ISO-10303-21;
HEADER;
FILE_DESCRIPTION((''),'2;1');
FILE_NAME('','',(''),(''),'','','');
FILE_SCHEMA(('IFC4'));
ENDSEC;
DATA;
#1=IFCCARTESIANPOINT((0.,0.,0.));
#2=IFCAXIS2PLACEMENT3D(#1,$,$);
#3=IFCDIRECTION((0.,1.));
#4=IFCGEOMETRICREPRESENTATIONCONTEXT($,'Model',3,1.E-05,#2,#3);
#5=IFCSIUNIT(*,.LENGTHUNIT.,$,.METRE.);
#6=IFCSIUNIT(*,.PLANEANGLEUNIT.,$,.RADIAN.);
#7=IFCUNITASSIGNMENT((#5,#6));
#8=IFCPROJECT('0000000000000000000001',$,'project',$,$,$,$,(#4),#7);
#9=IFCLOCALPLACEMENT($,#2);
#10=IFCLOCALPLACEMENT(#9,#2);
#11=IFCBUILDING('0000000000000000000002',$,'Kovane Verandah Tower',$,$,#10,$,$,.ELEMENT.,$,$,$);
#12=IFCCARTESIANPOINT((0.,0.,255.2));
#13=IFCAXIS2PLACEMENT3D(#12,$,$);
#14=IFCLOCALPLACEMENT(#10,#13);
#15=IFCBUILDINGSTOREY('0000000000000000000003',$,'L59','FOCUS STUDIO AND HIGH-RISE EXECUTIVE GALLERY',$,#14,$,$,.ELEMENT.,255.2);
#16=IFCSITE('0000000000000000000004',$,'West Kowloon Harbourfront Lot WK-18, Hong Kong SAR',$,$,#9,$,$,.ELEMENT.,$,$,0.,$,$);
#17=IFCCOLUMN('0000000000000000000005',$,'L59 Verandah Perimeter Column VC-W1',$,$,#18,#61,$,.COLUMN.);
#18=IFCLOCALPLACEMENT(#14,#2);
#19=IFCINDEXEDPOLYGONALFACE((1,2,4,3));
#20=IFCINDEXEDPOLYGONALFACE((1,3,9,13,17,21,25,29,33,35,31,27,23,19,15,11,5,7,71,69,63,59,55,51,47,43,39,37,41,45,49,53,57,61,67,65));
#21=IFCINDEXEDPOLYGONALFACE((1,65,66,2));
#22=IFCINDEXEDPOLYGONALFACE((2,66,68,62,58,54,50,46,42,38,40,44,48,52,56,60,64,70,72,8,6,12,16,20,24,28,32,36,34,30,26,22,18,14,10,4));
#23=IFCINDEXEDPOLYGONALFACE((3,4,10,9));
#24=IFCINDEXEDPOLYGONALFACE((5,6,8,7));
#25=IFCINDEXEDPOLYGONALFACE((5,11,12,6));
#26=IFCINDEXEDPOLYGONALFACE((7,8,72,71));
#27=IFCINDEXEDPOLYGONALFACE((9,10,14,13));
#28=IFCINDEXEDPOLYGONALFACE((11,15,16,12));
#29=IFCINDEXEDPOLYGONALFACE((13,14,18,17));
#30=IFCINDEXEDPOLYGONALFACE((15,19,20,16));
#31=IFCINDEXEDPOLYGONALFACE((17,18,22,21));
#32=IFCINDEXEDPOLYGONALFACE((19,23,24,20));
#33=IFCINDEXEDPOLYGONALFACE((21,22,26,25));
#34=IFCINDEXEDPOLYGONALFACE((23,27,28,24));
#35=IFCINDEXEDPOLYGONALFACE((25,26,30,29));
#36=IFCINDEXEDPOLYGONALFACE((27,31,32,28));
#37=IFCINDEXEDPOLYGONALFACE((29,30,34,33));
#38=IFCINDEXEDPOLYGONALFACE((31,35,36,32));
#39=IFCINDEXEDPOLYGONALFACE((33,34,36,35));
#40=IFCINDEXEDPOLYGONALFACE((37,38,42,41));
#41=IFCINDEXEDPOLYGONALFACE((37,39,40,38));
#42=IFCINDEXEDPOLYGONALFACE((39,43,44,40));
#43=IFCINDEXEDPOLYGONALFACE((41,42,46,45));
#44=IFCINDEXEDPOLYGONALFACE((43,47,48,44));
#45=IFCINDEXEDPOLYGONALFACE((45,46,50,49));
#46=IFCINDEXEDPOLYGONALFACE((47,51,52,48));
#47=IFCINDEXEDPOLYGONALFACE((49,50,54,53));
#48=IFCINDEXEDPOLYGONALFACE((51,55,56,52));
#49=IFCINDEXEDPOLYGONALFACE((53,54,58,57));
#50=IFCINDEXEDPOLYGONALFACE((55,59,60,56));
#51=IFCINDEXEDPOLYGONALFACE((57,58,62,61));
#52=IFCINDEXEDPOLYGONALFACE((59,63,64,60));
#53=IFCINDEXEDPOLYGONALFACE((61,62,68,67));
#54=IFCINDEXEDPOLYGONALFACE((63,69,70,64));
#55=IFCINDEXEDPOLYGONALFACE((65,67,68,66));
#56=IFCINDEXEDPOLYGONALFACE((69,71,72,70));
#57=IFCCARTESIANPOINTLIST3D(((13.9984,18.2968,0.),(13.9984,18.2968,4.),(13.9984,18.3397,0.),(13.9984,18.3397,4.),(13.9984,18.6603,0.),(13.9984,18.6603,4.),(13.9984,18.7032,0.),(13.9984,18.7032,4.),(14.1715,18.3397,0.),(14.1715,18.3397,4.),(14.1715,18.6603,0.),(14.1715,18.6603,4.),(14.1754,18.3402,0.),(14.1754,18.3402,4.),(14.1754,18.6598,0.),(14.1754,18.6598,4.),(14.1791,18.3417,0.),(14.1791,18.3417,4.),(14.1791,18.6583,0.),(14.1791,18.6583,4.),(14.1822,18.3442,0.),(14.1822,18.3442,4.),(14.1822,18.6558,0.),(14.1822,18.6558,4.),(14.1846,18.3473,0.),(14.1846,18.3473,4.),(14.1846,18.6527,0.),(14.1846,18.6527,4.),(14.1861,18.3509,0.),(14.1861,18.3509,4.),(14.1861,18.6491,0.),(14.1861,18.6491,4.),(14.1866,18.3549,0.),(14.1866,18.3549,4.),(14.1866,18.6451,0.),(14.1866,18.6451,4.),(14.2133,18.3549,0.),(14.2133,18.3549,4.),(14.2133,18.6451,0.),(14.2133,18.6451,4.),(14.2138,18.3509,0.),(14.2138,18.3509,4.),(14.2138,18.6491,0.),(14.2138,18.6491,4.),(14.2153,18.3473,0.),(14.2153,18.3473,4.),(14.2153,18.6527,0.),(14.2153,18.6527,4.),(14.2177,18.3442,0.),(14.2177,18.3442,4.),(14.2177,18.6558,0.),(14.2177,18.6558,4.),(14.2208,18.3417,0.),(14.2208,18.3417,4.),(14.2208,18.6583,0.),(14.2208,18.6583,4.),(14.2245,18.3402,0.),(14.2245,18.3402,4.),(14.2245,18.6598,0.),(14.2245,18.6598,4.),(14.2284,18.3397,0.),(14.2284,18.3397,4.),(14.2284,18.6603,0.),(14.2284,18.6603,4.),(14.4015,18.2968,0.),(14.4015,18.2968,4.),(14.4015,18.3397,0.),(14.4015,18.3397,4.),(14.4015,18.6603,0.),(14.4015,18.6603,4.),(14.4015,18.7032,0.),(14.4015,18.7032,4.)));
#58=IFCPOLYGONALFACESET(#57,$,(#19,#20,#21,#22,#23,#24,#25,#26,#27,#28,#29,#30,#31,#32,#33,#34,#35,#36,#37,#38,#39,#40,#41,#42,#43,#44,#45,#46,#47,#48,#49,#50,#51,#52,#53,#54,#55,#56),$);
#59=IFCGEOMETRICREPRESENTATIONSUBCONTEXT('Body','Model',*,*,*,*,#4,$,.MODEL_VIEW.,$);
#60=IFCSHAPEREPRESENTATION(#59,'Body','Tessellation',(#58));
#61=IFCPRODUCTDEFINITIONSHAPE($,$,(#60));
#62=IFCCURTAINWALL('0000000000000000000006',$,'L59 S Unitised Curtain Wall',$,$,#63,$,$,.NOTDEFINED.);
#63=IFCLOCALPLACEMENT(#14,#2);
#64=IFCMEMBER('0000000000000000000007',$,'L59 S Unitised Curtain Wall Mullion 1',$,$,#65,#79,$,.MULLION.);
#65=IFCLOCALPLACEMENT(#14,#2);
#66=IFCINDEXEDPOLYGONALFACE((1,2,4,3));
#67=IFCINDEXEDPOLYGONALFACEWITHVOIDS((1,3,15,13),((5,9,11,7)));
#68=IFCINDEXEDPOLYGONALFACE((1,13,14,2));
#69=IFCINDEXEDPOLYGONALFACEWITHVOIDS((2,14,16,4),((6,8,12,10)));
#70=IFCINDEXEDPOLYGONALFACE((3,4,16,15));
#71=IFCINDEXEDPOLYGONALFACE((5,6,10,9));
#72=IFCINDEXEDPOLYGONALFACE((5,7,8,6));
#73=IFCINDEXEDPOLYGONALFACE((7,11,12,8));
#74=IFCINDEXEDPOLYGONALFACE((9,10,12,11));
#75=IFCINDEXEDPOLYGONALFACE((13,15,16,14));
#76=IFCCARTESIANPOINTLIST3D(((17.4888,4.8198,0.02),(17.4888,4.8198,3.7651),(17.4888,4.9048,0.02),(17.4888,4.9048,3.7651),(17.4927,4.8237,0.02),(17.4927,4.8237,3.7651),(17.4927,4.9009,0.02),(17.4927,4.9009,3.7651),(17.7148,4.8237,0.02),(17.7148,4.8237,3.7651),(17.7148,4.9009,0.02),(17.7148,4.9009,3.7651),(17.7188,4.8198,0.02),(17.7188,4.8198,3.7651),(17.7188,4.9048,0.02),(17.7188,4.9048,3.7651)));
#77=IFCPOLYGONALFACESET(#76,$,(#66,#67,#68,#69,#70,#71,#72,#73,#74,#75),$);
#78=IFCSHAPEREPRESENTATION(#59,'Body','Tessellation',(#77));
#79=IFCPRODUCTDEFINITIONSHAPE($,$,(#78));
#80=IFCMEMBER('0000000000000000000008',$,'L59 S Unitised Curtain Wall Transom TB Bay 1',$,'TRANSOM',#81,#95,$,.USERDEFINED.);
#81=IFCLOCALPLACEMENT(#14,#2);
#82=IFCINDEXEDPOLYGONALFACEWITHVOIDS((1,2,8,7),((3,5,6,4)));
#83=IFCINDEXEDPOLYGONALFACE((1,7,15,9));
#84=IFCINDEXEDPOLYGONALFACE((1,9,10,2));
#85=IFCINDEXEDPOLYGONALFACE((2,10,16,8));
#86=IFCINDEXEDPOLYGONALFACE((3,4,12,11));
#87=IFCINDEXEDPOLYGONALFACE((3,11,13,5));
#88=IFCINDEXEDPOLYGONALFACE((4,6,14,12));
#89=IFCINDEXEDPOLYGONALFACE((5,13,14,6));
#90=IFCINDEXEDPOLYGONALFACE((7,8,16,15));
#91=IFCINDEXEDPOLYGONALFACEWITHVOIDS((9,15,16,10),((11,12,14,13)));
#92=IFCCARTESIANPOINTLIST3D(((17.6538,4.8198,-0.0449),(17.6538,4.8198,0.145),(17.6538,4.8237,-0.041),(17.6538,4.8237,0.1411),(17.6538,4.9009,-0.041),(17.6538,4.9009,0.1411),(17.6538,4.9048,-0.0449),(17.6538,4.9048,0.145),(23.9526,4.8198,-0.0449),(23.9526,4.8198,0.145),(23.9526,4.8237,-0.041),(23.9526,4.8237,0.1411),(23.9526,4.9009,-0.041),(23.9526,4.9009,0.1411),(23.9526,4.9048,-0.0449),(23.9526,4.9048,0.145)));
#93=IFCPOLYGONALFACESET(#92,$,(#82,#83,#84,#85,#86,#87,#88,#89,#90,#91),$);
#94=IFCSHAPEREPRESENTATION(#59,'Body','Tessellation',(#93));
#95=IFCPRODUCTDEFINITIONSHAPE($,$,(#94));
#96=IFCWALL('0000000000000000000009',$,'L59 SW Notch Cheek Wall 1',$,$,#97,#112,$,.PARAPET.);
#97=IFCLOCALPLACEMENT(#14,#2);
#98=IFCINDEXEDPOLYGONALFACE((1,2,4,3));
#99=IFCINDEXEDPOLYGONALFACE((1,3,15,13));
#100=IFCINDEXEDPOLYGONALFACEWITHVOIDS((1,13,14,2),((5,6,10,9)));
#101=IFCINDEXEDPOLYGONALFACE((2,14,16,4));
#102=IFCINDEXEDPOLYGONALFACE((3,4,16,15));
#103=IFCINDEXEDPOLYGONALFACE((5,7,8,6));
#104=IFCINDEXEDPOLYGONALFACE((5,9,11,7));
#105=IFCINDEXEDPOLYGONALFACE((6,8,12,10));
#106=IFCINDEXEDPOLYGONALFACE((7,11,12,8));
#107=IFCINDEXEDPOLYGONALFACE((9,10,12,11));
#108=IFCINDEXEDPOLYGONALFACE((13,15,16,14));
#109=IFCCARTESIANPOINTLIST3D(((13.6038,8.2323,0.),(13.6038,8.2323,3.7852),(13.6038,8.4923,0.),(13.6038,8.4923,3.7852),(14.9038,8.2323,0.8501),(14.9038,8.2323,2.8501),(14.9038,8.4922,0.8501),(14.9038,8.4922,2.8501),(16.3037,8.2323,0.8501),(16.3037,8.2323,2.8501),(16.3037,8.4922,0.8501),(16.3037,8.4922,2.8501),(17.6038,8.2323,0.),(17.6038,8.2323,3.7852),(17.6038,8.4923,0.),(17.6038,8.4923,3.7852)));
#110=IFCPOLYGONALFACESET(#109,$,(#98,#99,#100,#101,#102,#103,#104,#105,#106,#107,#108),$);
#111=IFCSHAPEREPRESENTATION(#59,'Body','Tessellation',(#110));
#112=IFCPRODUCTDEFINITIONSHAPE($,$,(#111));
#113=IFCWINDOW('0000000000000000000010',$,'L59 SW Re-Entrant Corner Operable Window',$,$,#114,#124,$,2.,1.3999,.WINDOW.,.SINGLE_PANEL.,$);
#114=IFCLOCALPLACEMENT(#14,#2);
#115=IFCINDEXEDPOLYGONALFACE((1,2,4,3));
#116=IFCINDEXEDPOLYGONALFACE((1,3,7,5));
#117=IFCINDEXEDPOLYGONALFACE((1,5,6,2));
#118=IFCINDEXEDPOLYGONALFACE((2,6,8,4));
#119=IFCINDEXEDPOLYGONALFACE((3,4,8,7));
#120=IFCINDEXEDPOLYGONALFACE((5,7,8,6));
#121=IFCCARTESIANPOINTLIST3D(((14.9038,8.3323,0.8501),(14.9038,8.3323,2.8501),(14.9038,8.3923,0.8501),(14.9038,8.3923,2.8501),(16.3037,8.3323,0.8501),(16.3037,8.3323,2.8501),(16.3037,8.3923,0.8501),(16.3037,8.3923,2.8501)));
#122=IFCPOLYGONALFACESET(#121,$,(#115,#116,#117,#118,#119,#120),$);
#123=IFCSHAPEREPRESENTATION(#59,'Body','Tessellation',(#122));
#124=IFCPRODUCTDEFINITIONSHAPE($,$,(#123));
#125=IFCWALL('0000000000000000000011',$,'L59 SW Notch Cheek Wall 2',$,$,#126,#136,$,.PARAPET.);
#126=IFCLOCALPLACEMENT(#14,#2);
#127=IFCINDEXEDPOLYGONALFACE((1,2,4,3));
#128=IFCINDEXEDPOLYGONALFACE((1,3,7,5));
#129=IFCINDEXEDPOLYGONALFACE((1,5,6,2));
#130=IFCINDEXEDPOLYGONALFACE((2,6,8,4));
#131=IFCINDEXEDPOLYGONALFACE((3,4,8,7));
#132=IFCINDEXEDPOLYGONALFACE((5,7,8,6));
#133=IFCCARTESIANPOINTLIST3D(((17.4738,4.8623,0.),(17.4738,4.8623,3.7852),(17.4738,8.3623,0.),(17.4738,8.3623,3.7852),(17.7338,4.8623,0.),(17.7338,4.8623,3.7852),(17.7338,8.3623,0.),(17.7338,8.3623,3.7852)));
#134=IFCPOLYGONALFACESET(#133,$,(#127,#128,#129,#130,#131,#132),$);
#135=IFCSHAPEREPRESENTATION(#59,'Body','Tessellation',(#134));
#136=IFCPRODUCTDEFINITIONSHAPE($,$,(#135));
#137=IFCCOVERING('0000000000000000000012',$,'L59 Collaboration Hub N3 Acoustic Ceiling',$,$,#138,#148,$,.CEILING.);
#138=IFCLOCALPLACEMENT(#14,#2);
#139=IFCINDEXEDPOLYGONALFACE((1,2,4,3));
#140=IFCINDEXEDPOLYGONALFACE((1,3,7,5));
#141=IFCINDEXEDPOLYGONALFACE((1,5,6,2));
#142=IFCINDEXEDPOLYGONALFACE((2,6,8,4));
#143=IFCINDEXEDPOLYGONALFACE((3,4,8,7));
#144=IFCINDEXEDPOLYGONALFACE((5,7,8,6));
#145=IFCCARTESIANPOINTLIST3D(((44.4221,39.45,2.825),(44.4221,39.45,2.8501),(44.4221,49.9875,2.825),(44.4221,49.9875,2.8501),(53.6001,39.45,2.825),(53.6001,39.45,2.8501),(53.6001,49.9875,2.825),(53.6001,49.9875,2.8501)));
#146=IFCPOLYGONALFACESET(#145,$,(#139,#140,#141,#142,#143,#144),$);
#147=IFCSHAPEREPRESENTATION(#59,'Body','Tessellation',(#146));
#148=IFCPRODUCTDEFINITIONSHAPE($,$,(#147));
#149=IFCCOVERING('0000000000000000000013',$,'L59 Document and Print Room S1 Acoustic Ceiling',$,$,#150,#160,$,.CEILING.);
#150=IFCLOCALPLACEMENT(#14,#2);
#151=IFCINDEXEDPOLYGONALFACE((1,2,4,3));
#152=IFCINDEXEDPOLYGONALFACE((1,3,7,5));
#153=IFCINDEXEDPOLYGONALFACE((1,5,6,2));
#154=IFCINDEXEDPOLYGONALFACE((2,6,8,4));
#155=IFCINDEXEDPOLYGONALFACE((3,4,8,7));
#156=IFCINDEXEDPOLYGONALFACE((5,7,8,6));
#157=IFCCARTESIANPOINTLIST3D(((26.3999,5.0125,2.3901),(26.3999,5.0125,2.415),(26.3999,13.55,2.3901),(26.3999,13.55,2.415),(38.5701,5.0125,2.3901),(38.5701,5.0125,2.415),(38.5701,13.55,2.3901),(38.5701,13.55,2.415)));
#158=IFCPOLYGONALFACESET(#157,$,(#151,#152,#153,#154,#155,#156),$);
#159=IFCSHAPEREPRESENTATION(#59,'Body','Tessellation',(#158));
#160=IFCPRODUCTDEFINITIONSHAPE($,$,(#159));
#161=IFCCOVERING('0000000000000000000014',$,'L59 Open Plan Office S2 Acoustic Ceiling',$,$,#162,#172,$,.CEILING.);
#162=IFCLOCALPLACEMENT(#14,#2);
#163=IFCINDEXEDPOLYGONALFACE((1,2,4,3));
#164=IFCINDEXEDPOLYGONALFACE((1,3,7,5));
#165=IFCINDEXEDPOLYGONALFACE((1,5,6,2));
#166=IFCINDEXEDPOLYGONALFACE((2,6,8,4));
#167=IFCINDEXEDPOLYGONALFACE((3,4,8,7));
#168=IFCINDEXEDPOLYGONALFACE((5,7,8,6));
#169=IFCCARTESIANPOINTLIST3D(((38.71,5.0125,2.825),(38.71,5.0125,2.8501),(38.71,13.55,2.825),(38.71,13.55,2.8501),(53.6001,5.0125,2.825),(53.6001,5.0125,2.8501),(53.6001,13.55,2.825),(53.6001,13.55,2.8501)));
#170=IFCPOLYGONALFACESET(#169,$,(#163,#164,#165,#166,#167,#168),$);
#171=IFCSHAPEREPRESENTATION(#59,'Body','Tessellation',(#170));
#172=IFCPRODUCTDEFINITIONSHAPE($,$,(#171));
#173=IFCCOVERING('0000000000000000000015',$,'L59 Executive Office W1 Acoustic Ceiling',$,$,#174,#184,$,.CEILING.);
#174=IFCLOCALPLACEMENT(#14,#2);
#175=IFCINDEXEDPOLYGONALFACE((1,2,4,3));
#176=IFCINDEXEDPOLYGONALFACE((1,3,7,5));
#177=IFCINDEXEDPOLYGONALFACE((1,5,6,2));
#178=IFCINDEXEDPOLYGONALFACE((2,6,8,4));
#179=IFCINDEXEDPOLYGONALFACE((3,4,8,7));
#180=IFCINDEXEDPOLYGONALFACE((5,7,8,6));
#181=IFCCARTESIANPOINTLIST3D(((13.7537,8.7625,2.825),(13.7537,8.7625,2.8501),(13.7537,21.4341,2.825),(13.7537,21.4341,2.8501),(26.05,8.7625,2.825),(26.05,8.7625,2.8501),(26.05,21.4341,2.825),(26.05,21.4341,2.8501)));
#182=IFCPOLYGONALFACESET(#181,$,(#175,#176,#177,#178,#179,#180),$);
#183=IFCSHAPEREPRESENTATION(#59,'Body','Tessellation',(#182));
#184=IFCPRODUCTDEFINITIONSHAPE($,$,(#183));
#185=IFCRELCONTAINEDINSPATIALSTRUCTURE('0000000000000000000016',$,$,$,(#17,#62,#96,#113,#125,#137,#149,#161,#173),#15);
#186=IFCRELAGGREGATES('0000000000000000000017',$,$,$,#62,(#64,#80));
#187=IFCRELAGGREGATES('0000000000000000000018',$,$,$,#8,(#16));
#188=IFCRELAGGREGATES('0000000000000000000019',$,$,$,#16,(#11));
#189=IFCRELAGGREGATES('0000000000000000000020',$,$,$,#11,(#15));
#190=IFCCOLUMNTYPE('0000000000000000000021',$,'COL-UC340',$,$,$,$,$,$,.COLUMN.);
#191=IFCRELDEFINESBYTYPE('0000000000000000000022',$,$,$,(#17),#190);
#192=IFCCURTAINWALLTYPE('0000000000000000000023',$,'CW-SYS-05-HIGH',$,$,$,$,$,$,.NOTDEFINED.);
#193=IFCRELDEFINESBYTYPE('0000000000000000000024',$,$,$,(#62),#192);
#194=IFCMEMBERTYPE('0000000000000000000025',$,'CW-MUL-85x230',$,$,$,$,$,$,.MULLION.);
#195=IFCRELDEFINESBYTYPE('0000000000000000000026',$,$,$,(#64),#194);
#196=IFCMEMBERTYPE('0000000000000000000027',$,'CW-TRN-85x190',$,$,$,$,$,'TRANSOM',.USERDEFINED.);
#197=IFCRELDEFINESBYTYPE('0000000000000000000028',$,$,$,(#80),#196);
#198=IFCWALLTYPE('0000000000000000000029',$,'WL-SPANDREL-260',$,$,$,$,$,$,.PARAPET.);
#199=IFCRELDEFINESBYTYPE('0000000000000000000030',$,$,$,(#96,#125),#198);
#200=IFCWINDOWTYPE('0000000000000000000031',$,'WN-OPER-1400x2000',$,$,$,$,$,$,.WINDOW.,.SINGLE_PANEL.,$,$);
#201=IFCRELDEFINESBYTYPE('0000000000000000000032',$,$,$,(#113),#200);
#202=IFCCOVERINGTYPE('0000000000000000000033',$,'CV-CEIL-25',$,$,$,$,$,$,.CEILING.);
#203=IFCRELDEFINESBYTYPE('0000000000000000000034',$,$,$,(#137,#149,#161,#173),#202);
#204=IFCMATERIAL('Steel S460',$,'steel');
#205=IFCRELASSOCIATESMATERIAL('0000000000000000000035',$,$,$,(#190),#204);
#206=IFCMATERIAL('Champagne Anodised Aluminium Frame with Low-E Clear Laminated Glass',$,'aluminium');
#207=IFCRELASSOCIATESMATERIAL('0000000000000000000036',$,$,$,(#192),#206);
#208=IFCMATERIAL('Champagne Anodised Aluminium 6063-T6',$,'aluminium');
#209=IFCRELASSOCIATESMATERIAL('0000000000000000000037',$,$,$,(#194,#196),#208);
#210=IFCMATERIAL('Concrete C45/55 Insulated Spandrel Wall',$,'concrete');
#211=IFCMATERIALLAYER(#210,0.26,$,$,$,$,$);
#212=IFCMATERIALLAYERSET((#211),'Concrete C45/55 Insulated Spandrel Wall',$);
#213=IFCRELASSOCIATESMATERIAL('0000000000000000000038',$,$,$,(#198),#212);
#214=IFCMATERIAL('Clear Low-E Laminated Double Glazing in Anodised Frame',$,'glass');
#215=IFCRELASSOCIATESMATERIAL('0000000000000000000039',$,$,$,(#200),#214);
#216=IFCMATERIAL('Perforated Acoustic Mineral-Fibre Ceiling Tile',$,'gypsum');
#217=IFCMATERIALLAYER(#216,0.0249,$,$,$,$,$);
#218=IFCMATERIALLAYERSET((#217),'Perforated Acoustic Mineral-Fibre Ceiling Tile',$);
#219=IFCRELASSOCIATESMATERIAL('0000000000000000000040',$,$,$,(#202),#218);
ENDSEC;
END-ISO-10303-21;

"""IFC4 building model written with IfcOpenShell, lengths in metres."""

from ifc_helpers import new_model, si_unit, direction, frame, frame_2d, origin, origin_2d, place, context, subcontext, project, spatial, polyline, rectangle, hollow_rectangle, i_section, outline, extrude, material, layer, layer_set, material_profile, profile_set, type_object, element, fill, aggregate, save


model = new_model("IFC4")

# Units and contexts
model_context = context("Model", 3, precision=1e-05, world=origin(), true_north=direction((0.0, 1.0)))
body_context = subcontext(model_context, "Body", "Model", "MODEL_VIEW")
ifc_project = project(units=[si_unit("LENGTHUNIT", "METRE"), si_unit("PLANEANGLEUNIT", "RADIAN")], contexts=[model_context])

# Site, building, storey
site_placement = place(None, origin())
site = spatial("IfcSite", under=ifc_project, at=site_placement, Name="West Kowloon Harbourfront Lot WK-18, Hong Kong SAR", CompositionType="ELEMENT", RefElevation=0.0)
building_placement = place(site_placement, origin())
building = spatial("IfcBuilding", under=site, at=building_placement, Name="Kovane Verandah Tower", CompositionType="ELEMENT")
storey_placement = place(building_placement, frame((0.0, 0.0, 255.2)))
storey = spatial("IfcBuildingStorey", under=building, at=storey_placement, Name="L59", Description="FOCUS STUDIO AND HIGH-RISE EXECUTIVE GALLERY", CompositionType="ELEMENT", Elevation=255.2)

# Column
ifc_material_1 = material(Name="Steel S460", Category="steel")
ifc_material_profile_1 = material_profile(ifc_material_1, i_section(OverallWidth=0.4031, OverallDepth=0.4065, WebThickness=0.0266, FlangeThickness=0.043, FilletRadius=0.0151, at=origin_2d()), Name="UC356x406x340")
ifc_profile_set_1 = profile_set([ifc_material_profile_1], Name="Steel S460")
column_type = type_object("IfcColumnType", Name="COL-UC340", PredefinedType="COLUMN", material=ifc_profile_set_1)
column_placement = place(storey_placement, frame((14.2, 18.5, 0.0), z_axis=(0.0, 0.0, 1.0), x_axis=(1.0, 0.0, 0.0)))
element("IfcColumn", 1, at=column_placement, inside=storey, type_object=column_type, Name="L59 Verandah Perimeter Column VC-W1", PredefinedType="COLUMN", context=body_context, shape_type="SweptSolid", body=[
    extrude(i_section(OverallWidth=0.4031, OverallDepth=0.4065, WebThickness=0.0266, FlangeThickness=0.043, FilletRadius=0.0151, at=origin_2d()), origin(), (0.0, 0.0, 1.0), 4.0),
])

# Curtain wall, members
ifc_material_2 = material(Name="Champagne Anodised Aluminium Frame with Low-E Clear Laminated Glass", Category="aluminium")
curtain_wall_type = type_object("IfcCurtainWallType", Name="CW-SYS-05-HIGH", PredefinedType="NOTDEFINED", material=ifc_material_2)
curtain_wall_placement = place(storey_placement, origin())
curtain_wall = element("IfcCurtainWall", 2, at=curtain_wall_placement, inside=storey, type_object=curtain_wall_type, Name="L59 S Unitised Curtain Wall", PredefinedType="NOTDEFINED")
ifc_material_3 = material(Name="Champagne Anodised Aluminium 6063-T6", Category="aluminium")
ifc_material_profile_2 = material_profile(ifc_material_3, hollow_rectangle(XDim=0.085, YDim=0.23, WallThickness=0.0039, at=origin_2d()), Name="AL85x230x4")
ifc_profile_set_2 = profile_set([ifc_material_profile_2], Name="Champagne Anodised Aluminium 6063-T6")
member_type_1 = type_object("IfcMemberType", Name="CW-MUL-85x230", PredefinedType="MULLION", material=ifc_profile_set_2)
member_1_placement = place(storey_placement, frame((17.6038, 4.8623, 0.02), z_axis=(0.0, 0.0, 1.0), x_axis=(0.0, -1.0, 0.0)))
member_1 = element("IfcMember", 3, at=member_1_placement, type_object=member_type_1, Name="L59 S Unitised Curtain Wall Mullion 1", PredefinedType="MULLION", context=body_context, shape_type="SweptSolid", body=[
    extrude(hollow_rectangle(XDim=0.085, YDim=0.23, WallThickness=0.0039, at=origin_2d()), origin(), (0.0, 0.0, 1.0), 3.7451),
])
ifc_material_profile_3 = material_profile(ifc_material_3, hollow_rectangle(XDim=0.085, YDim=0.1899, WallThickness=0.0039, at=origin_2d()), Name="AL85x190x4")
ifc_profile_set_3 = profile_set([ifc_material_profile_3], Name="Champagne Anodised Aluminium 6063-T6")
member_type_2 = type_object("IfcMemberType", Name="CW-TRN-85x190", ElementType="TRANSOM", PredefinedType="USERDEFINED", material=ifc_profile_set_3)
member_2_placement = place(storey_placement, frame((17.6538, 4.8623, 0.05), z_axis=(1.0, 0.0, 0.0), x_axis=(0.0, 1.0, 0.0)))
member_2 = element("IfcMember", 4, at=member_2_placement, type_object=member_type_2, Name="L59 S Unitised Curtain Wall Transom TB Bay 1", ObjectType="TRANSOM", PredefinedType="USERDEFINED", context=body_context, shape_type="SweptSolid", body=[
    extrude(hollow_rectangle(XDim=0.085, YDim=0.1899, WallThickness=0.0039, at=origin_2d()), origin(), (0.0, 0.0, 1.0), 6.2988),
])
aggregate(curtain_wall, [member_1, member_2])

# Wall, opening, window
ifc_material_4 = material(Name="Concrete C45/55 Insulated Spandrel Wall", Category="concrete")
ifc_layer_1 = layer(ifc_material_4, 0.26)
ifc_layer_set_1 = layer_set([ifc_layer_1], Name="Concrete C45/55 Insulated Spandrel Wall")
wall_type = type_object("IfcWallType", Name="WL-SPANDREL-260", PredefinedType="PARAPET", material=ifc_layer_set_1)
wall_1_placement = place(storey_placement, frame((13.6038, 8.3623, 0.0), z_axis=(0.0, 0.0, 1.0), x_axis=(1.0, 0.0, 0.0)))
wall_1 = element("IfcWall", 5, at=wall_1_placement, inside=storey, type_object=wall_type, Name="L59 SW Notch Cheek Wall 1", PredefinedType="PARAPET", context=body_context, shape_type="SweptSolid", body=[
    extrude(rectangle(XDim=4.0, YDim=0.26, at=frame_2d((2.0, 0.0))), origin(), (0.0, 0.0, 1.0), 3.7852),
])
opening_placement = place(wall_1_placement, frame((1.3, 0.0, 0.8501)))
opening = element("IfcOpeningElement", 6, at=opening_placement, cuts=wall_1, PredefinedType="OPENING", context=body_context, shape_type="SweptSolid", body=[
    extrude(rectangle(XDim=1.3999, YDim=2.0, at=frame_2d((0.7, 1.0))), frame((0.0, 0.1299, 0.0), z_axis=(0.0, -1.0, 0.0), x_axis=(1.0, 0.0, 0.0)), (0.0, 0.0, 1.0), 0.26),
])
ifc_material_5 = material(Name="Clear Low-E Laminated Double Glazing in Anodised Frame", Category="glass")
window_type = type_object("IfcWindowType", Name="WN-OPER-1400x2000", PartitioningType="SINGLE_PANEL", PredefinedType="WINDOW", material=ifc_material_5)
window_placement = place(opening_placement, origin())
window = element("IfcWindow", 7, at=window_placement, inside=storey, type_object=window_type, Name="L59 SW Re-Entrant Corner Operable Window", OverallHeight=2.0, OverallWidth=1.3999, PartitioningType="SINGLE_PANEL", PredefinedType="WINDOW", context=body_context, shape_type="SweptSolid", body=[
    extrude(rectangle(XDim=1.3999, YDim=2.0, at=frame_2d((0.7, 1.0))), frame((0.0, 0.03, 0.0), z_axis=(0.0, -1.0, 0.0), x_axis=(1.0, 0.0, 0.0)), (0.0, 0.0, 1.0), 0.0601),
])
fill(opening, window)

# Wall
wall_2_placement = place(storey_placement, frame((17.6038, 8.3623, 0.0), z_axis=(0.0, 0.0, 1.0), x_axis=(0.0, -1.0, 0.0)))
element("IfcWall", 8, at=wall_2_placement, inside=storey, type_object=wall_type, Name="L59 SW Notch Cheek Wall 2", PredefinedType="PARAPET", context=body_context, shape_type="SweptSolid", body=[
    extrude(rectangle(XDim=3.5, YDim=0.26, at=frame_2d((1.75, 0.0))), origin(), (0.0, 0.0, 1.0), 3.7852),
])

# Coverings
ifc_material_6 = material(Name="Perforated Acoustic Mineral-Fibre Ceiling Tile", Category="gypsum")
ifc_layer_2 = layer(ifc_material_6, 0.0249)
ifc_layer_set_2 = layer_set([ifc_layer_2], Name="Perforated Acoustic Mineral-Fibre Ceiling Tile")
covering_type_1 = type_object("IfcCoveringType", Name="CV-CEIL-25", PredefinedType="CEILING", material=ifc_layer_set_2)
covering_1_placement = place(storey_placement, frame((0.0, 0.0, 2.825)))
element("IfcCovering", 9, at=covering_1_placement, inside=storey, type_object=covering_type_1, Name="L59 Collaboration Hub N3 Acoustic Ceiling", PredefinedType="CEILING", context=body_context, shape_type="SweptSolid", body=[
    extrude(outline(polyline([(44.4221, 39.45), (53.6001, 39.45), (53.6001, 49.9875), (44.4221, 49.9875), (44.4221, 39.45)])), origin(), (0.0, 0.0, 1.0), 0.0251),
])
covering_2_placement = place(storey_placement, frame((0.0, 0.0, 2.3901)))
element("IfcCovering", 10, at=covering_2_placement, inside=storey, type_object=covering_type_1, Name="L59 Document and Print Room S1 Acoustic Ceiling", PredefinedType="CEILING", context=body_context, shape_type="SweptSolid", body=[
    extrude(outline(polyline([(26.3999, 5.0125), (38.5701, 5.0125), (38.5701, 13.55), (26.3999, 13.55), (26.3999, 5.0125)])), origin(), (0.0, 0.0, 1.0), 0.0249),
])
covering_3_placement = place(storey_placement, frame((0.0, 0.0, 2.825)))
element("IfcCovering", 11, at=covering_3_placement, inside=storey, type_object=covering_type_1, Name="L59 Open Plan Office S2 Acoustic Ceiling", PredefinedType="CEILING", context=body_context, shape_type="SweptSolid", body=[
    extrude(outline(polyline([(38.71, 5.0125), (53.6001, 5.0125), (53.6001, 13.55), (38.71, 13.55), (38.71, 5.0125)])), origin(), (0.0, 0.0, 1.0), 0.0251),
])
covering_4_placement = place(storey_placement, frame((0.0, 0.0, 2.825)))
element("IfcCovering", 12, at=covering_4_placement, inside=storey, type_object=covering_type_1, Name="L59 Executive Office W1 Acoustic Ceiling", PredefinedType="CEILING", context=body_context, shape_type="SweptSolid", body=[
    extrude(outline(polyline([(13.7537, 8.7625), (26.05, 8.7625), (26.05, 21.4341), (13.7537, 21.4341), (13.7537, 8.7625)])), origin(), (0.0, 0.0, 1.0), 0.0251),
])

save(model, "model.ifc")
